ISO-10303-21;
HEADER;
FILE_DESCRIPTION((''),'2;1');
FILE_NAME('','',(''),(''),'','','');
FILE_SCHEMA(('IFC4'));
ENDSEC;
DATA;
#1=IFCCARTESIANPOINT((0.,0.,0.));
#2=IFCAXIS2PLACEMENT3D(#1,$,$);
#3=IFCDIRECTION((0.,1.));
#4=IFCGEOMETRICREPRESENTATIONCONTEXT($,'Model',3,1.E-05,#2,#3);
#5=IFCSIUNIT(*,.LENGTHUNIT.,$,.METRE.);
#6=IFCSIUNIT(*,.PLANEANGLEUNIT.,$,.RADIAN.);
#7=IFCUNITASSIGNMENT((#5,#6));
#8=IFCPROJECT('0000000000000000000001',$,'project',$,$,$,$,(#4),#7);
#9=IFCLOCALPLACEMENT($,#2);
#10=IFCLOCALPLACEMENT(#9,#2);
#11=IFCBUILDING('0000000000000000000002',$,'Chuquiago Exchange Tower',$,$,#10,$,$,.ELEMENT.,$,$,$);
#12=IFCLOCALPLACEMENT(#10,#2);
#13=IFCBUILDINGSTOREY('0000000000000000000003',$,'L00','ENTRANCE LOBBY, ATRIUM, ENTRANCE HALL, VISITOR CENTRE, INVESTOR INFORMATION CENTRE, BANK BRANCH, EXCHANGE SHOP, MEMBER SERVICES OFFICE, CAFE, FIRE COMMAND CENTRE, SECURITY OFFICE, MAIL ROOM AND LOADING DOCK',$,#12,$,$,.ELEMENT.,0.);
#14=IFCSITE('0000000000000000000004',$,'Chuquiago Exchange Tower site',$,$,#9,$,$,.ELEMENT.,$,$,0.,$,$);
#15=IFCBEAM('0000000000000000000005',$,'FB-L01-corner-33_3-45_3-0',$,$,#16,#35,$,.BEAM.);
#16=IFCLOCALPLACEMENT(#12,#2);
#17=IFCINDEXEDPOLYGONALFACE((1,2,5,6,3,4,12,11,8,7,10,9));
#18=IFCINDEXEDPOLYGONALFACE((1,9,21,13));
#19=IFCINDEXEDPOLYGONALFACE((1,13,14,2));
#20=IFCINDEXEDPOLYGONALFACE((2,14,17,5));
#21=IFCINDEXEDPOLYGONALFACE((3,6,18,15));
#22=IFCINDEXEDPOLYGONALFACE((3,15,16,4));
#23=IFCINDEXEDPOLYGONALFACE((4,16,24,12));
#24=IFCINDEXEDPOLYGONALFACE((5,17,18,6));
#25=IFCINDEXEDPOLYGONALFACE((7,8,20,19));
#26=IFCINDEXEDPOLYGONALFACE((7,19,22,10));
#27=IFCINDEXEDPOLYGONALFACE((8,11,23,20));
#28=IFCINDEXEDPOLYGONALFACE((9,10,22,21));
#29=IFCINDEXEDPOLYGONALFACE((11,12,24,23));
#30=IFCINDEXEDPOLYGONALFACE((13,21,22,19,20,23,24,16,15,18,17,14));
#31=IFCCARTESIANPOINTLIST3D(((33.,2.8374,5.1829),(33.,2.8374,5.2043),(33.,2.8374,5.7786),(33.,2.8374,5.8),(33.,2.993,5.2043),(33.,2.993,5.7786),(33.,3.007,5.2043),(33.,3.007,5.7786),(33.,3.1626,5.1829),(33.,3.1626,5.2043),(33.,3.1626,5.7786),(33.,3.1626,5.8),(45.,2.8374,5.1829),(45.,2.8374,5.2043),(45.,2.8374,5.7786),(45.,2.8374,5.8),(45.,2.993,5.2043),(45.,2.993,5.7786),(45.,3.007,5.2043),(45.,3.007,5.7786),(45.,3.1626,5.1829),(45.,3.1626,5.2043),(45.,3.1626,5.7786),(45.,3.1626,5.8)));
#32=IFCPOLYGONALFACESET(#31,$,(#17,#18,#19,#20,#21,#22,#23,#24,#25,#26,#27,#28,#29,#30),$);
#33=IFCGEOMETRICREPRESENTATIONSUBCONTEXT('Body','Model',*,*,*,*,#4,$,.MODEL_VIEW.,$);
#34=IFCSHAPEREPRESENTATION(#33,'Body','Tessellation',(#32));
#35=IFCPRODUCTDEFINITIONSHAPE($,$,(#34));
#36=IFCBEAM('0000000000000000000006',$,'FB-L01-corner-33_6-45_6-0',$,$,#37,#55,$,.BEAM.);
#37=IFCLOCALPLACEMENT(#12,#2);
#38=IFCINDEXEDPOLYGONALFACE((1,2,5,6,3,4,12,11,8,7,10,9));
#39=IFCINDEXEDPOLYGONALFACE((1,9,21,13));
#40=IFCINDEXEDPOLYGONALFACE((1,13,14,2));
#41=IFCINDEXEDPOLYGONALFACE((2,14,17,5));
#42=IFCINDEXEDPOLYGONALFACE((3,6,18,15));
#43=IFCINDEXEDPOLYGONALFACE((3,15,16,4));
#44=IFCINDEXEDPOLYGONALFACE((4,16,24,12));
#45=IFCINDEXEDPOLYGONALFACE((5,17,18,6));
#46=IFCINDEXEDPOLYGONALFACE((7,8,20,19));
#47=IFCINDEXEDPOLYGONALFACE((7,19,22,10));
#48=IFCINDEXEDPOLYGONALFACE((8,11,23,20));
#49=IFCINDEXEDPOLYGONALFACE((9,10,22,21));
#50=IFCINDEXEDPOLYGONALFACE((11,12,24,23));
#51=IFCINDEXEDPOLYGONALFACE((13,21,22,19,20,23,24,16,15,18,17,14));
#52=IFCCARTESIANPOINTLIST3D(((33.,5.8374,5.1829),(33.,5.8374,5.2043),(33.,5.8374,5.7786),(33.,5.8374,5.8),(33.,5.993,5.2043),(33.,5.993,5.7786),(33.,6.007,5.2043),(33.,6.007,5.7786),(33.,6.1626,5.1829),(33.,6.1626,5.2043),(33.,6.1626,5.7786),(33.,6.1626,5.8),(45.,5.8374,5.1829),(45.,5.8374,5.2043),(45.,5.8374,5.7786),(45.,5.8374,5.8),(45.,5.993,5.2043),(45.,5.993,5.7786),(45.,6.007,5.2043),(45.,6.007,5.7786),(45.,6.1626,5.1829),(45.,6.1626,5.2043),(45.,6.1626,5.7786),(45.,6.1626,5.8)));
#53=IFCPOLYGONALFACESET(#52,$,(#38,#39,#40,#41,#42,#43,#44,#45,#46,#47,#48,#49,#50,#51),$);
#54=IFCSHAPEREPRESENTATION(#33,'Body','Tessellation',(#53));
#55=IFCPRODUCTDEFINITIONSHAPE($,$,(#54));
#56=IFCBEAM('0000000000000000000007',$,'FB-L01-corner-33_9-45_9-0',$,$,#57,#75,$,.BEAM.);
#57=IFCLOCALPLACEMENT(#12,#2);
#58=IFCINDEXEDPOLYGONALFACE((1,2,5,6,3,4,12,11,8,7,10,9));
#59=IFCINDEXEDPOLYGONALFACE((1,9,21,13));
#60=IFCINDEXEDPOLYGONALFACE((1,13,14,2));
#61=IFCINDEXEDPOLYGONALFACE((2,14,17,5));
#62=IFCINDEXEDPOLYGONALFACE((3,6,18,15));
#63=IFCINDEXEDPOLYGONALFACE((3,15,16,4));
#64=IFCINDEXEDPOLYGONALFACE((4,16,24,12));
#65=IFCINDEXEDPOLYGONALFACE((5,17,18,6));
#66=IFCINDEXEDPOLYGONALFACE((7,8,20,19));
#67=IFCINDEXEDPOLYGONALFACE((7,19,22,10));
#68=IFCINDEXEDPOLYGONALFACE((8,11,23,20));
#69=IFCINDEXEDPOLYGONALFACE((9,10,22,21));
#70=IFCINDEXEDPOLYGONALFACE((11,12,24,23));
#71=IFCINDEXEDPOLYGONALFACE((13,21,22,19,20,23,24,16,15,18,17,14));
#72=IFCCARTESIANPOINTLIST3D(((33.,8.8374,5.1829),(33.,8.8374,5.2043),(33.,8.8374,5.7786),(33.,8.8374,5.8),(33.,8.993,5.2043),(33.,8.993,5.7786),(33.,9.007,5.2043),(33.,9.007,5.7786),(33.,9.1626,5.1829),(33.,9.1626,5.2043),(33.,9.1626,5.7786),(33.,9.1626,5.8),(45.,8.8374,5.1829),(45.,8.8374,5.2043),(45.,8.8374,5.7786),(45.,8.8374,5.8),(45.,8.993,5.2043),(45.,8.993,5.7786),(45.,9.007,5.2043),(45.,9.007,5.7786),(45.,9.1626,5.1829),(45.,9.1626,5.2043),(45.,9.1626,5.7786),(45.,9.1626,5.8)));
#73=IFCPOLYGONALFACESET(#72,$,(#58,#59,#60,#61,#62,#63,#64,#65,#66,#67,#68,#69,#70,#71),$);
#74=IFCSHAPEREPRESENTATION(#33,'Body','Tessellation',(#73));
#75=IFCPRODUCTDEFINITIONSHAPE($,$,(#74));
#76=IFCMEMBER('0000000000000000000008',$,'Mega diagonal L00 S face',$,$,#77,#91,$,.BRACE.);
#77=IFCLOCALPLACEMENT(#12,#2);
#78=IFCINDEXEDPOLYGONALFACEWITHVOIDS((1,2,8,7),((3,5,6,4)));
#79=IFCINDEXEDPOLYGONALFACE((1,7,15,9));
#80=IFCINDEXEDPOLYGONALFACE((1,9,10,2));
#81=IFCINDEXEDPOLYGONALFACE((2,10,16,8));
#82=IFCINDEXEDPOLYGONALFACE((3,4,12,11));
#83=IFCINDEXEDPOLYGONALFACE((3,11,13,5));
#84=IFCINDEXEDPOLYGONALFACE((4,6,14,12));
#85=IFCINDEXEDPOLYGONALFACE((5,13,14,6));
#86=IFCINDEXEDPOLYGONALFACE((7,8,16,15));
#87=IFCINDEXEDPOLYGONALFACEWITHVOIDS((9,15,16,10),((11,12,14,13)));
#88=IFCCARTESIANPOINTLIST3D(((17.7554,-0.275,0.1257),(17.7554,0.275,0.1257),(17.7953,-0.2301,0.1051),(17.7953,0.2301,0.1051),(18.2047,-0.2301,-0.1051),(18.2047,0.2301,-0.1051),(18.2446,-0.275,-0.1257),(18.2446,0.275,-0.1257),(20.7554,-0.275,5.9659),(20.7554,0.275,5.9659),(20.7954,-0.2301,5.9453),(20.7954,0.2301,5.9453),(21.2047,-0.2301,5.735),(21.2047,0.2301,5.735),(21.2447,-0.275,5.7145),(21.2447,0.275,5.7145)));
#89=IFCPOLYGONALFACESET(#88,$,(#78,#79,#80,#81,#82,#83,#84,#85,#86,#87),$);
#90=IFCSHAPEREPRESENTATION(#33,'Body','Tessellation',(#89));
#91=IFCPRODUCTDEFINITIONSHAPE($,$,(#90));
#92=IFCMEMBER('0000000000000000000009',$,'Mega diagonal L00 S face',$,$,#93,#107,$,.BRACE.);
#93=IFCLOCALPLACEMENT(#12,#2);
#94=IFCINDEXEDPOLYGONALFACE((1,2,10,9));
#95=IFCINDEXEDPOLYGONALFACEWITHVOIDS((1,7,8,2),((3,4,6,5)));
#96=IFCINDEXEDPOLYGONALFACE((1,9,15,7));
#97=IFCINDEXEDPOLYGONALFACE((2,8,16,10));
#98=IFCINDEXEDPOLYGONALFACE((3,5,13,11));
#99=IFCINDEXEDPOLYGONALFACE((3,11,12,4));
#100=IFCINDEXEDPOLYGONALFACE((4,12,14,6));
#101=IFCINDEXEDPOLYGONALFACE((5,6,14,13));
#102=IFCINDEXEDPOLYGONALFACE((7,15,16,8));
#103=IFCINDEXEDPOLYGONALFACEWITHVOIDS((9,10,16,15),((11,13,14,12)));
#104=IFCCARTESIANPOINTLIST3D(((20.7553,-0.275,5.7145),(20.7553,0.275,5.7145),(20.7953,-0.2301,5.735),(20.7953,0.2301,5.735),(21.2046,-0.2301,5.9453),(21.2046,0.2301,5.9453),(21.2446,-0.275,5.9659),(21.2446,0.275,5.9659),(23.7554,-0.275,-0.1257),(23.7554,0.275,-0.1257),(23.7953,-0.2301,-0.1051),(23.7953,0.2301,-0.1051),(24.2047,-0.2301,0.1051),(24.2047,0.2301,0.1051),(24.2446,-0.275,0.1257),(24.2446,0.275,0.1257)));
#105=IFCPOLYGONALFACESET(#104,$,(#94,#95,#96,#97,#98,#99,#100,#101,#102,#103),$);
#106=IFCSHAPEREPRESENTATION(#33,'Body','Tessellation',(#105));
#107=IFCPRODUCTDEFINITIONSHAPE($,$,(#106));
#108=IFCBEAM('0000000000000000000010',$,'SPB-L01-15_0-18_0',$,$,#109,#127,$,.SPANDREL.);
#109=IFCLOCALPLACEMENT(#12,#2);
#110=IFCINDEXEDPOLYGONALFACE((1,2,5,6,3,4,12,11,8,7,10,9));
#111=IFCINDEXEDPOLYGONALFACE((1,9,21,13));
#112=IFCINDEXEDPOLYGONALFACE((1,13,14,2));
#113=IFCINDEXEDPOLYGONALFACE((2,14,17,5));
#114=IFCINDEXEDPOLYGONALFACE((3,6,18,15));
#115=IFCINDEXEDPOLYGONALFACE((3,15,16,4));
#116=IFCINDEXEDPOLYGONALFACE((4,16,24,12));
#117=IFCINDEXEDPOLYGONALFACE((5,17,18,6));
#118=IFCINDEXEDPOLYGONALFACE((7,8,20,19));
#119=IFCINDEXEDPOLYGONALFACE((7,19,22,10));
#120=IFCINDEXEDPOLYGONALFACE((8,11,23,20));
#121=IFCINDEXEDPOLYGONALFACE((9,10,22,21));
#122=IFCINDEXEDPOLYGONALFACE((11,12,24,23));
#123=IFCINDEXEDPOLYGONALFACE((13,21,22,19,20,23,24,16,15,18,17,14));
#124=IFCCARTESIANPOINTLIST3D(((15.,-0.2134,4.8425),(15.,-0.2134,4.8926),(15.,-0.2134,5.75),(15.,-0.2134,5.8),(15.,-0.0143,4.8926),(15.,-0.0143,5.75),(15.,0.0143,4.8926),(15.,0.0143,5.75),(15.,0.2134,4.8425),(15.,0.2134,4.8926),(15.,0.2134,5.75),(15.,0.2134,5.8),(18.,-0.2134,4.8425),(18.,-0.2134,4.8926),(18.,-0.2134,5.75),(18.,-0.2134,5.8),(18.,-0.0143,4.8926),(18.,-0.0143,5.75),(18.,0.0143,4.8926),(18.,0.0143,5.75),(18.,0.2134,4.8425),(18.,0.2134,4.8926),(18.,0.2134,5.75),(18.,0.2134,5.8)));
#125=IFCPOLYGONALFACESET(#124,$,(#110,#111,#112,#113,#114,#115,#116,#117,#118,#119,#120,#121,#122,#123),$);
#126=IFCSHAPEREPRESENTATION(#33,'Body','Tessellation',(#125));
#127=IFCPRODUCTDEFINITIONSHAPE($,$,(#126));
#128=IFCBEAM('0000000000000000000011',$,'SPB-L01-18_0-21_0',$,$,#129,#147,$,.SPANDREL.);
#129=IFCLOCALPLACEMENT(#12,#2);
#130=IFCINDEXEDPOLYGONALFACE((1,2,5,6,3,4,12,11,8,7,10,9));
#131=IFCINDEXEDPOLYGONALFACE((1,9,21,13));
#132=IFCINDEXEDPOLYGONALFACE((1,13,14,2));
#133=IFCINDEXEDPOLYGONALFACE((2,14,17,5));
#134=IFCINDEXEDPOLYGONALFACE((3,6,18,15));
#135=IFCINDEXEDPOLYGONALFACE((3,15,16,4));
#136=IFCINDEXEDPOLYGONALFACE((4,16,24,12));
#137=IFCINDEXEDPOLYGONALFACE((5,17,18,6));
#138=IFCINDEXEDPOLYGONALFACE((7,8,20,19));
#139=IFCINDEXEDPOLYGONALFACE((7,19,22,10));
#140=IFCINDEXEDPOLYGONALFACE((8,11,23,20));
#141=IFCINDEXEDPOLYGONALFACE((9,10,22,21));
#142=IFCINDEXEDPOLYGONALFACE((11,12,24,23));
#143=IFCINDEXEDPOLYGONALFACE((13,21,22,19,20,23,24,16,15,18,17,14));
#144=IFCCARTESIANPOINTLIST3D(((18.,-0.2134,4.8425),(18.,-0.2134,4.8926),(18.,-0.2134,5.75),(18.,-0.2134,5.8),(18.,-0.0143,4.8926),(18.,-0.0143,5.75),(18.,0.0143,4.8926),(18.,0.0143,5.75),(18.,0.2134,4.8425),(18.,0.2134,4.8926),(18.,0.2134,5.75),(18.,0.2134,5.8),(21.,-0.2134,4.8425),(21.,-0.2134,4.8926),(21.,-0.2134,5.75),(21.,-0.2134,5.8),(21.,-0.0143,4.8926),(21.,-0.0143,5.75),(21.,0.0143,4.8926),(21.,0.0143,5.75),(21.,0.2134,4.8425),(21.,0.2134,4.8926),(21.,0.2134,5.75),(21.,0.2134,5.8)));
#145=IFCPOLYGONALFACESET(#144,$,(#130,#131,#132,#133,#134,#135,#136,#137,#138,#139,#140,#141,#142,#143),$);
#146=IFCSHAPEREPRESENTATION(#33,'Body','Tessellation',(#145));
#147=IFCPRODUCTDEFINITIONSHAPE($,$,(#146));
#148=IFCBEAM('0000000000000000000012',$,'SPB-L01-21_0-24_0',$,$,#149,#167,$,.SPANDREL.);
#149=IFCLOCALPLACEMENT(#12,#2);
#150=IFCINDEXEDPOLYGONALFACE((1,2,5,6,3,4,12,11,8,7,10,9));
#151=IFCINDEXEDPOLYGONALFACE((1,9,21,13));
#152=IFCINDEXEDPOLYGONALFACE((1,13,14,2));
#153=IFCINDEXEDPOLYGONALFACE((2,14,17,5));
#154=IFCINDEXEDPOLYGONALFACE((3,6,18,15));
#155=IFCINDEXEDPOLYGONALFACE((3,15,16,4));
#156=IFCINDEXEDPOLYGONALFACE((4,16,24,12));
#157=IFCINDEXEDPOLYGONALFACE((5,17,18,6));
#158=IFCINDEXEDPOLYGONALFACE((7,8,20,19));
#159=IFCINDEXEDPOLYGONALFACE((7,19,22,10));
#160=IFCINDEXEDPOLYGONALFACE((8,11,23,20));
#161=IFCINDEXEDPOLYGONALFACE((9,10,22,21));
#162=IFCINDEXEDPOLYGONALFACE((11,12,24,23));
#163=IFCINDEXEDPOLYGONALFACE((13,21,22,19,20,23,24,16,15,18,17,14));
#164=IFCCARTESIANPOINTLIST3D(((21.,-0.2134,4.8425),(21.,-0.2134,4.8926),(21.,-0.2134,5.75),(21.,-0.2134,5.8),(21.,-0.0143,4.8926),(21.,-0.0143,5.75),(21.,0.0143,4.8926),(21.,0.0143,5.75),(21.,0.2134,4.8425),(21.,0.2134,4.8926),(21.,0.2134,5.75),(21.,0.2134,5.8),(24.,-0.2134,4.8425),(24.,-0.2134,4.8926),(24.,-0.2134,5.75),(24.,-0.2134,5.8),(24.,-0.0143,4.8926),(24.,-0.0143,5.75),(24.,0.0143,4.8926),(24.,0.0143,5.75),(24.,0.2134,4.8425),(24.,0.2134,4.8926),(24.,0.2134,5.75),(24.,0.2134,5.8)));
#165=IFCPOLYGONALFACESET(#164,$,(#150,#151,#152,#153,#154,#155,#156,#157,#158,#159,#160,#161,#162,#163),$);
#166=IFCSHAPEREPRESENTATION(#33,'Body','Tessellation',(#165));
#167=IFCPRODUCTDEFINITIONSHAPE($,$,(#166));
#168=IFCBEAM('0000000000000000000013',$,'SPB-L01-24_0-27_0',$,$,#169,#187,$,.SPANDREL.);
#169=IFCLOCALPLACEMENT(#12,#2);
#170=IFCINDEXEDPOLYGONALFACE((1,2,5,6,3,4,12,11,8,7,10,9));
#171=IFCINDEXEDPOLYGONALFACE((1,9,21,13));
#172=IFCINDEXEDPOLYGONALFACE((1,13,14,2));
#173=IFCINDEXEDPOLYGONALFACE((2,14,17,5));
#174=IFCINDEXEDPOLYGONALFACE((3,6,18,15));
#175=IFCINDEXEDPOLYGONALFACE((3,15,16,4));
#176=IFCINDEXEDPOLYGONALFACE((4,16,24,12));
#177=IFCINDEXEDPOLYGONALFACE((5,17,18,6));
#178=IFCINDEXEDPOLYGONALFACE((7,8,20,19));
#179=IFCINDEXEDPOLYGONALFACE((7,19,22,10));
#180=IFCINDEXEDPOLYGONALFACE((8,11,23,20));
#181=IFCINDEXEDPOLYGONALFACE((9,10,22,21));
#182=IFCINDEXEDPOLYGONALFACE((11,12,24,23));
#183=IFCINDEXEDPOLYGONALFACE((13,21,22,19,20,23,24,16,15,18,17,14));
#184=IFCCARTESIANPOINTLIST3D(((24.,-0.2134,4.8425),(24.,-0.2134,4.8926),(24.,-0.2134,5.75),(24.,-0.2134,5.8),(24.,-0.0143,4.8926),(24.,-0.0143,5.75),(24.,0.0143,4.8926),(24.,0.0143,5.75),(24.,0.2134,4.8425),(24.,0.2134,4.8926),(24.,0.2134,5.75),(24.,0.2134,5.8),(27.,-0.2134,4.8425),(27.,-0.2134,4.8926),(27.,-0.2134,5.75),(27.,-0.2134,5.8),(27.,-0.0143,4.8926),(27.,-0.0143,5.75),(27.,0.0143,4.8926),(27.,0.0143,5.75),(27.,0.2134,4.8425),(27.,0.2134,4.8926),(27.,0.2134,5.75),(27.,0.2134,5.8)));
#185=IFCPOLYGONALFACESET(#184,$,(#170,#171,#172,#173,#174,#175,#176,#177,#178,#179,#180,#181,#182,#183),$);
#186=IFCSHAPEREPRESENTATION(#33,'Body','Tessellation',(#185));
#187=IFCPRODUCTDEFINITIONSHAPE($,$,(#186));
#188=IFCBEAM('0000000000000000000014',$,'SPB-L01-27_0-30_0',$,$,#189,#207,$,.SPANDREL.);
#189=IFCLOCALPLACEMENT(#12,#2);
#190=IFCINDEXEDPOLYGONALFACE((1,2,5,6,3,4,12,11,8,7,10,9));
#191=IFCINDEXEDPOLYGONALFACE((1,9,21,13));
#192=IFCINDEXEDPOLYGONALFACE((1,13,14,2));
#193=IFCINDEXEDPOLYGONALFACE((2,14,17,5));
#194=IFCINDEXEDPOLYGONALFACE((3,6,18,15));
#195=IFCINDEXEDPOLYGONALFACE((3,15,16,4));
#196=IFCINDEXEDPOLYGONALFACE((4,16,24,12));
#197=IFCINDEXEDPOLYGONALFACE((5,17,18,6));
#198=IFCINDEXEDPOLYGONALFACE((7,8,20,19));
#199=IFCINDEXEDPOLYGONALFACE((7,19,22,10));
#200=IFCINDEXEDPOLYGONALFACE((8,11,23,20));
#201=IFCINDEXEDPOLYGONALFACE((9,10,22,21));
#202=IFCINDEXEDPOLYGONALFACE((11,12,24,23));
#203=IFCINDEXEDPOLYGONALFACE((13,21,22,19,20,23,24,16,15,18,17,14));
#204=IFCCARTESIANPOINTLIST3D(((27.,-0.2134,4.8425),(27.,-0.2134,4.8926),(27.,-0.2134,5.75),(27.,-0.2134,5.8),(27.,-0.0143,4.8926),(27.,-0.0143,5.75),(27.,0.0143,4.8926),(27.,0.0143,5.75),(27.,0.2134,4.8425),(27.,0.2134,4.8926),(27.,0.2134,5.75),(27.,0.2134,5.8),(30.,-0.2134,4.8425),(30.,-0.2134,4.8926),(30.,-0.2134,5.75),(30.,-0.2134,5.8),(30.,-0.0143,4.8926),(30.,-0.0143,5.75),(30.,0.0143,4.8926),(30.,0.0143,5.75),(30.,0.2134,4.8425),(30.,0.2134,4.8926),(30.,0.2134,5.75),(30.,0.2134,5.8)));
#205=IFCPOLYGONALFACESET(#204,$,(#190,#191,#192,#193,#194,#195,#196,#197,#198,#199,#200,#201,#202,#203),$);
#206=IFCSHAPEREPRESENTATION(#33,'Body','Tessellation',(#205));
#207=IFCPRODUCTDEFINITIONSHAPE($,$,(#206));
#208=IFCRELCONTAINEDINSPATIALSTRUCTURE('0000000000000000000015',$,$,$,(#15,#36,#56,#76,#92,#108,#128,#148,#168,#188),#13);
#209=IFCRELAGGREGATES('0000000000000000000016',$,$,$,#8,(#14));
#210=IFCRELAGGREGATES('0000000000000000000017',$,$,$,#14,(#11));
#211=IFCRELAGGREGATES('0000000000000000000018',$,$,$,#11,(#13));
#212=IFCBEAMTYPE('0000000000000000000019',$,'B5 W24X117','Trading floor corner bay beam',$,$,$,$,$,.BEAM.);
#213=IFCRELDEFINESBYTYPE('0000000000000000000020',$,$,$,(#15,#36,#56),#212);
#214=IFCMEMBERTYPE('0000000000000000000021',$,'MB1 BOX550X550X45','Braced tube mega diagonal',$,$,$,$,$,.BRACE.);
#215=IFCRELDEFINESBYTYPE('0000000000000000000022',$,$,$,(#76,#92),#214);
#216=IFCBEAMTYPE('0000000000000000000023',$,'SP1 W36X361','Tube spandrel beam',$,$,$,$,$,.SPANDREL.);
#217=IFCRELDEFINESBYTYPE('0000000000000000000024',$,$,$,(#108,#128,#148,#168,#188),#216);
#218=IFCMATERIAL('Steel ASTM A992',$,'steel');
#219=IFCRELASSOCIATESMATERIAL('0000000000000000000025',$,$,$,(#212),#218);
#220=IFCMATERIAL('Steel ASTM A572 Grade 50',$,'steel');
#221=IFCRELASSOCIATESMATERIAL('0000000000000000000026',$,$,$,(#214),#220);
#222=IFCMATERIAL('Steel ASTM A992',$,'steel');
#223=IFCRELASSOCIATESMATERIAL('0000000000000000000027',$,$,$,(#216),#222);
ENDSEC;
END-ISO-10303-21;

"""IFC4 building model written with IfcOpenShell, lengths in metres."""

from ifc_helpers import new_model, si_unit, direction, frame, origin, origin_2d, place, context, subcontext, project, spatial, hollow_rectangle, i_section, extrude, material, material_profile, profile_set, type_object, element, save


model = new_model("IFC4")

# Units and contexts
model_context = context("Model", 3, precision=1e-05, world=origin(), true_north=direction((0.0, 1.0)))
body_context = subcontext(model_context, "Body", "Model", "MODEL_VIEW")
ifc_project = project(units=[si_unit("LENGTHUNIT", "METRE"), si_unit("PLANEANGLEUNIT", "RADIAN")], contexts=[model_context])

# Site, building, storey
site_placement = place(None, origin())
site = spatial("IfcSite", under=ifc_project, at=site_placement, Name="Chuquiago Exchange Tower site", CompositionType="ELEMENT", RefElevation=0.0)
building_placement = place(site_placement, origin())
building = spatial("IfcBuilding", under=site, at=building_placement, Name="Chuquiago Exchange Tower", CompositionType="ELEMENT")
storey_placement = place(building_placement, origin())
storey = spatial("IfcBuildingStorey", under=building, at=storey_placement, Name="L00", Description="ENTRANCE LOBBY, ATRIUM, ENTRANCE HALL, VISITOR CENTRE, INVESTOR INFORMATION CENTRE, BANK BRANCH, EXCHANGE SHOP, MEMBER SERVICES OFFICE, CAFE, FIRE COMMAND CENTRE, SECURITY OFFICE, MAIL ROOM AND LOADING DOCK", CompositionType="ELEMENT", Elevation=0.0)

# Beams
ifc_material_1 = material(Name="Steel ASTM A992", Category="steel")
ifc_material_profile_1 = material_profile(ifc_material_1, i_section(OverallWidth=0.3252, OverallDepth=0.6172, WebThickness=0.0139, FlangeThickness=0.0215, at=origin_2d()), Name="W24X117")
ifc_profile_set_1 = profile_set([ifc_material_profile_1], Name="Steel ASTM A992")
beam_type_1 = type_object("IfcBeamType", Name="B5 W24X117", Description="Trading floor corner bay beam", PredefinedType="BEAM", material=ifc_profile_set_1)
for number, where, z_axis, x_axis, name in (
    (1, (33.0, 3.0, 5.4915), (1.0, 0.0, 0.0), (0.0, 1.0, 0.0), "FB-L01-corner-33_3-45_3-0"),
    (2, (33.0, 6.0, 5.4915), (1.0, 0.0, 0.0), (0.0, 1.0, 0.0), "FB-L01-corner-33_6-45_6-0"),
    (3, (33.0, 9.0, 5.4915), (1.0, 0.0, 0.0), (0.0, 1.0, 0.0), "FB-L01-corner-33_9-45_9-0"),
):
    element("IfcBeam", number, at=place(storey_placement, frame(where, z_axis=z_axis, x_axis=x_axis)), inside=storey, type_object=beam_type_1, Name=name, PredefinedType="BEAM", context=body_context, shape_type="SweptSolid", body=[
        extrude(i_section(OverallWidth=0.3252, OverallDepth=0.6172, WebThickness=0.0139, FlangeThickness=0.0215, at=origin_2d()), origin(), (0.0, 0.0, 1.0), 12.0),
    ])

# Members
ifc_material_2 = material(Name="Steel ASTM A572 Grade 50", Category="steel")
ifc_material_profile_2 = material_profile(ifc_material_2, hollow_rectangle(XDim=0.55, YDim=0.55, WallThickness=0.0449, at=origin_2d()), Name="BOX550X550X45")
ifc_profile_set_2 = profile_set([ifc_material_profile_2], Name="Steel ASTM A572 Grade 50")
member_type = type_object("IfcMemberType", Name="MB1 BOX550X550X45", Description="Braced tube mega diagonal", PredefinedType="BRACE", material=ifc_profile_set_2)
for number, where, z_axis, x_axis, name in (
    (4, (18.0, 0.0, 0.0), (0.45693, 0.0, 0.889503), (0.0, 1.0, 0.0), "Mega diagonal L00 S face"),
    (5, (24.0, 0.0, 0.0), (-0.45693, 0.0, 0.889503), (0.0, -1.0, 0.0), "Mega diagonal L00 S face"),
):
    element("IfcMember", number, at=place(storey_placement, frame(where, z_axis=z_axis, x_axis=x_axis)), inside=storey, type_object=member_type, Name=name, PredefinedType="BRACE", context=body_context, shape_type="SweptSolid", body=[
        extrude(hollow_rectangle(XDim=0.55, YDim=0.55, WallThickness=0.0449, at=origin_2d()), origin(), (0.0, 0.0, 1.0), 6.5657),
    ])

# Beams
ifc_material_3 = material(Name="Steel ASTM A992", Category="steel")
ifc_material_profile_3 = material_profile(ifc_material_3, i_section(OverallWidth=0.4268, OverallDepth=0.9575, WebThickness=0.0286, FlangeThickness=0.05, at=origin_2d()), Name="W36X361")
ifc_profile_set_3 = profile_set([ifc_material_profile_3], Name="Steel ASTM A992")
beam_type_2 = type_object("IfcBeamType", Name="SP1 W36X361", Description="Tube spandrel beam", PredefinedType="SPANDREL", material=ifc_profile_set_3)
for number, where, z_axis, x_axis, name in (
    (6, (15.0, 0.0, 5.3213), (1.0, 0.0, 0.0), (0.0, 1.0, 0.0), "SPB-L01-15_0-18_0"),
    (7, (18.0, 0.0, 5.3213), (1.0, 0.0, 0.0), (0.0, 1.0, 0.0), "SPB-L01-18_0-21_0"),
    (8, (21.0, 0.0, 5.3213), (1.0, 0.0, 0.0), (0.0, 1.0, 0.0), "SPB-L01-21_0-24_0"),
    (9, (24.0, 0.0, 5.3213), (1.0, 0.0, 0.0), (0.0, 1.0, 0.0), "SPB-L01-24_0-27_0"),
    (10, (27.0, 0.0, 5.3213), (1.0, 0.0, 0.0), (0.0, 1.0, 0.0), "SPB-L01-27_0-30_0"),
):
    element("IfcBeam", number, at=place(storey_placement, frame(where, z_axis=z_axis, x_axis=x_axis)), inside=storey, type_object=beam_type_2, Name=name, PredefinedType="SPANDREL", context=body_context, shape_type="SweptSolid", body=[
        extrude(i_section(OverallWidth=0.4268, OverallDepth=0.9575, WebThickness=0.0286, FlangeThickness=0.05, at=origin_2d()), origin(), (0.0, 0.0, 1.0), 3.0),
    ])

save(model, "model.ifc")
